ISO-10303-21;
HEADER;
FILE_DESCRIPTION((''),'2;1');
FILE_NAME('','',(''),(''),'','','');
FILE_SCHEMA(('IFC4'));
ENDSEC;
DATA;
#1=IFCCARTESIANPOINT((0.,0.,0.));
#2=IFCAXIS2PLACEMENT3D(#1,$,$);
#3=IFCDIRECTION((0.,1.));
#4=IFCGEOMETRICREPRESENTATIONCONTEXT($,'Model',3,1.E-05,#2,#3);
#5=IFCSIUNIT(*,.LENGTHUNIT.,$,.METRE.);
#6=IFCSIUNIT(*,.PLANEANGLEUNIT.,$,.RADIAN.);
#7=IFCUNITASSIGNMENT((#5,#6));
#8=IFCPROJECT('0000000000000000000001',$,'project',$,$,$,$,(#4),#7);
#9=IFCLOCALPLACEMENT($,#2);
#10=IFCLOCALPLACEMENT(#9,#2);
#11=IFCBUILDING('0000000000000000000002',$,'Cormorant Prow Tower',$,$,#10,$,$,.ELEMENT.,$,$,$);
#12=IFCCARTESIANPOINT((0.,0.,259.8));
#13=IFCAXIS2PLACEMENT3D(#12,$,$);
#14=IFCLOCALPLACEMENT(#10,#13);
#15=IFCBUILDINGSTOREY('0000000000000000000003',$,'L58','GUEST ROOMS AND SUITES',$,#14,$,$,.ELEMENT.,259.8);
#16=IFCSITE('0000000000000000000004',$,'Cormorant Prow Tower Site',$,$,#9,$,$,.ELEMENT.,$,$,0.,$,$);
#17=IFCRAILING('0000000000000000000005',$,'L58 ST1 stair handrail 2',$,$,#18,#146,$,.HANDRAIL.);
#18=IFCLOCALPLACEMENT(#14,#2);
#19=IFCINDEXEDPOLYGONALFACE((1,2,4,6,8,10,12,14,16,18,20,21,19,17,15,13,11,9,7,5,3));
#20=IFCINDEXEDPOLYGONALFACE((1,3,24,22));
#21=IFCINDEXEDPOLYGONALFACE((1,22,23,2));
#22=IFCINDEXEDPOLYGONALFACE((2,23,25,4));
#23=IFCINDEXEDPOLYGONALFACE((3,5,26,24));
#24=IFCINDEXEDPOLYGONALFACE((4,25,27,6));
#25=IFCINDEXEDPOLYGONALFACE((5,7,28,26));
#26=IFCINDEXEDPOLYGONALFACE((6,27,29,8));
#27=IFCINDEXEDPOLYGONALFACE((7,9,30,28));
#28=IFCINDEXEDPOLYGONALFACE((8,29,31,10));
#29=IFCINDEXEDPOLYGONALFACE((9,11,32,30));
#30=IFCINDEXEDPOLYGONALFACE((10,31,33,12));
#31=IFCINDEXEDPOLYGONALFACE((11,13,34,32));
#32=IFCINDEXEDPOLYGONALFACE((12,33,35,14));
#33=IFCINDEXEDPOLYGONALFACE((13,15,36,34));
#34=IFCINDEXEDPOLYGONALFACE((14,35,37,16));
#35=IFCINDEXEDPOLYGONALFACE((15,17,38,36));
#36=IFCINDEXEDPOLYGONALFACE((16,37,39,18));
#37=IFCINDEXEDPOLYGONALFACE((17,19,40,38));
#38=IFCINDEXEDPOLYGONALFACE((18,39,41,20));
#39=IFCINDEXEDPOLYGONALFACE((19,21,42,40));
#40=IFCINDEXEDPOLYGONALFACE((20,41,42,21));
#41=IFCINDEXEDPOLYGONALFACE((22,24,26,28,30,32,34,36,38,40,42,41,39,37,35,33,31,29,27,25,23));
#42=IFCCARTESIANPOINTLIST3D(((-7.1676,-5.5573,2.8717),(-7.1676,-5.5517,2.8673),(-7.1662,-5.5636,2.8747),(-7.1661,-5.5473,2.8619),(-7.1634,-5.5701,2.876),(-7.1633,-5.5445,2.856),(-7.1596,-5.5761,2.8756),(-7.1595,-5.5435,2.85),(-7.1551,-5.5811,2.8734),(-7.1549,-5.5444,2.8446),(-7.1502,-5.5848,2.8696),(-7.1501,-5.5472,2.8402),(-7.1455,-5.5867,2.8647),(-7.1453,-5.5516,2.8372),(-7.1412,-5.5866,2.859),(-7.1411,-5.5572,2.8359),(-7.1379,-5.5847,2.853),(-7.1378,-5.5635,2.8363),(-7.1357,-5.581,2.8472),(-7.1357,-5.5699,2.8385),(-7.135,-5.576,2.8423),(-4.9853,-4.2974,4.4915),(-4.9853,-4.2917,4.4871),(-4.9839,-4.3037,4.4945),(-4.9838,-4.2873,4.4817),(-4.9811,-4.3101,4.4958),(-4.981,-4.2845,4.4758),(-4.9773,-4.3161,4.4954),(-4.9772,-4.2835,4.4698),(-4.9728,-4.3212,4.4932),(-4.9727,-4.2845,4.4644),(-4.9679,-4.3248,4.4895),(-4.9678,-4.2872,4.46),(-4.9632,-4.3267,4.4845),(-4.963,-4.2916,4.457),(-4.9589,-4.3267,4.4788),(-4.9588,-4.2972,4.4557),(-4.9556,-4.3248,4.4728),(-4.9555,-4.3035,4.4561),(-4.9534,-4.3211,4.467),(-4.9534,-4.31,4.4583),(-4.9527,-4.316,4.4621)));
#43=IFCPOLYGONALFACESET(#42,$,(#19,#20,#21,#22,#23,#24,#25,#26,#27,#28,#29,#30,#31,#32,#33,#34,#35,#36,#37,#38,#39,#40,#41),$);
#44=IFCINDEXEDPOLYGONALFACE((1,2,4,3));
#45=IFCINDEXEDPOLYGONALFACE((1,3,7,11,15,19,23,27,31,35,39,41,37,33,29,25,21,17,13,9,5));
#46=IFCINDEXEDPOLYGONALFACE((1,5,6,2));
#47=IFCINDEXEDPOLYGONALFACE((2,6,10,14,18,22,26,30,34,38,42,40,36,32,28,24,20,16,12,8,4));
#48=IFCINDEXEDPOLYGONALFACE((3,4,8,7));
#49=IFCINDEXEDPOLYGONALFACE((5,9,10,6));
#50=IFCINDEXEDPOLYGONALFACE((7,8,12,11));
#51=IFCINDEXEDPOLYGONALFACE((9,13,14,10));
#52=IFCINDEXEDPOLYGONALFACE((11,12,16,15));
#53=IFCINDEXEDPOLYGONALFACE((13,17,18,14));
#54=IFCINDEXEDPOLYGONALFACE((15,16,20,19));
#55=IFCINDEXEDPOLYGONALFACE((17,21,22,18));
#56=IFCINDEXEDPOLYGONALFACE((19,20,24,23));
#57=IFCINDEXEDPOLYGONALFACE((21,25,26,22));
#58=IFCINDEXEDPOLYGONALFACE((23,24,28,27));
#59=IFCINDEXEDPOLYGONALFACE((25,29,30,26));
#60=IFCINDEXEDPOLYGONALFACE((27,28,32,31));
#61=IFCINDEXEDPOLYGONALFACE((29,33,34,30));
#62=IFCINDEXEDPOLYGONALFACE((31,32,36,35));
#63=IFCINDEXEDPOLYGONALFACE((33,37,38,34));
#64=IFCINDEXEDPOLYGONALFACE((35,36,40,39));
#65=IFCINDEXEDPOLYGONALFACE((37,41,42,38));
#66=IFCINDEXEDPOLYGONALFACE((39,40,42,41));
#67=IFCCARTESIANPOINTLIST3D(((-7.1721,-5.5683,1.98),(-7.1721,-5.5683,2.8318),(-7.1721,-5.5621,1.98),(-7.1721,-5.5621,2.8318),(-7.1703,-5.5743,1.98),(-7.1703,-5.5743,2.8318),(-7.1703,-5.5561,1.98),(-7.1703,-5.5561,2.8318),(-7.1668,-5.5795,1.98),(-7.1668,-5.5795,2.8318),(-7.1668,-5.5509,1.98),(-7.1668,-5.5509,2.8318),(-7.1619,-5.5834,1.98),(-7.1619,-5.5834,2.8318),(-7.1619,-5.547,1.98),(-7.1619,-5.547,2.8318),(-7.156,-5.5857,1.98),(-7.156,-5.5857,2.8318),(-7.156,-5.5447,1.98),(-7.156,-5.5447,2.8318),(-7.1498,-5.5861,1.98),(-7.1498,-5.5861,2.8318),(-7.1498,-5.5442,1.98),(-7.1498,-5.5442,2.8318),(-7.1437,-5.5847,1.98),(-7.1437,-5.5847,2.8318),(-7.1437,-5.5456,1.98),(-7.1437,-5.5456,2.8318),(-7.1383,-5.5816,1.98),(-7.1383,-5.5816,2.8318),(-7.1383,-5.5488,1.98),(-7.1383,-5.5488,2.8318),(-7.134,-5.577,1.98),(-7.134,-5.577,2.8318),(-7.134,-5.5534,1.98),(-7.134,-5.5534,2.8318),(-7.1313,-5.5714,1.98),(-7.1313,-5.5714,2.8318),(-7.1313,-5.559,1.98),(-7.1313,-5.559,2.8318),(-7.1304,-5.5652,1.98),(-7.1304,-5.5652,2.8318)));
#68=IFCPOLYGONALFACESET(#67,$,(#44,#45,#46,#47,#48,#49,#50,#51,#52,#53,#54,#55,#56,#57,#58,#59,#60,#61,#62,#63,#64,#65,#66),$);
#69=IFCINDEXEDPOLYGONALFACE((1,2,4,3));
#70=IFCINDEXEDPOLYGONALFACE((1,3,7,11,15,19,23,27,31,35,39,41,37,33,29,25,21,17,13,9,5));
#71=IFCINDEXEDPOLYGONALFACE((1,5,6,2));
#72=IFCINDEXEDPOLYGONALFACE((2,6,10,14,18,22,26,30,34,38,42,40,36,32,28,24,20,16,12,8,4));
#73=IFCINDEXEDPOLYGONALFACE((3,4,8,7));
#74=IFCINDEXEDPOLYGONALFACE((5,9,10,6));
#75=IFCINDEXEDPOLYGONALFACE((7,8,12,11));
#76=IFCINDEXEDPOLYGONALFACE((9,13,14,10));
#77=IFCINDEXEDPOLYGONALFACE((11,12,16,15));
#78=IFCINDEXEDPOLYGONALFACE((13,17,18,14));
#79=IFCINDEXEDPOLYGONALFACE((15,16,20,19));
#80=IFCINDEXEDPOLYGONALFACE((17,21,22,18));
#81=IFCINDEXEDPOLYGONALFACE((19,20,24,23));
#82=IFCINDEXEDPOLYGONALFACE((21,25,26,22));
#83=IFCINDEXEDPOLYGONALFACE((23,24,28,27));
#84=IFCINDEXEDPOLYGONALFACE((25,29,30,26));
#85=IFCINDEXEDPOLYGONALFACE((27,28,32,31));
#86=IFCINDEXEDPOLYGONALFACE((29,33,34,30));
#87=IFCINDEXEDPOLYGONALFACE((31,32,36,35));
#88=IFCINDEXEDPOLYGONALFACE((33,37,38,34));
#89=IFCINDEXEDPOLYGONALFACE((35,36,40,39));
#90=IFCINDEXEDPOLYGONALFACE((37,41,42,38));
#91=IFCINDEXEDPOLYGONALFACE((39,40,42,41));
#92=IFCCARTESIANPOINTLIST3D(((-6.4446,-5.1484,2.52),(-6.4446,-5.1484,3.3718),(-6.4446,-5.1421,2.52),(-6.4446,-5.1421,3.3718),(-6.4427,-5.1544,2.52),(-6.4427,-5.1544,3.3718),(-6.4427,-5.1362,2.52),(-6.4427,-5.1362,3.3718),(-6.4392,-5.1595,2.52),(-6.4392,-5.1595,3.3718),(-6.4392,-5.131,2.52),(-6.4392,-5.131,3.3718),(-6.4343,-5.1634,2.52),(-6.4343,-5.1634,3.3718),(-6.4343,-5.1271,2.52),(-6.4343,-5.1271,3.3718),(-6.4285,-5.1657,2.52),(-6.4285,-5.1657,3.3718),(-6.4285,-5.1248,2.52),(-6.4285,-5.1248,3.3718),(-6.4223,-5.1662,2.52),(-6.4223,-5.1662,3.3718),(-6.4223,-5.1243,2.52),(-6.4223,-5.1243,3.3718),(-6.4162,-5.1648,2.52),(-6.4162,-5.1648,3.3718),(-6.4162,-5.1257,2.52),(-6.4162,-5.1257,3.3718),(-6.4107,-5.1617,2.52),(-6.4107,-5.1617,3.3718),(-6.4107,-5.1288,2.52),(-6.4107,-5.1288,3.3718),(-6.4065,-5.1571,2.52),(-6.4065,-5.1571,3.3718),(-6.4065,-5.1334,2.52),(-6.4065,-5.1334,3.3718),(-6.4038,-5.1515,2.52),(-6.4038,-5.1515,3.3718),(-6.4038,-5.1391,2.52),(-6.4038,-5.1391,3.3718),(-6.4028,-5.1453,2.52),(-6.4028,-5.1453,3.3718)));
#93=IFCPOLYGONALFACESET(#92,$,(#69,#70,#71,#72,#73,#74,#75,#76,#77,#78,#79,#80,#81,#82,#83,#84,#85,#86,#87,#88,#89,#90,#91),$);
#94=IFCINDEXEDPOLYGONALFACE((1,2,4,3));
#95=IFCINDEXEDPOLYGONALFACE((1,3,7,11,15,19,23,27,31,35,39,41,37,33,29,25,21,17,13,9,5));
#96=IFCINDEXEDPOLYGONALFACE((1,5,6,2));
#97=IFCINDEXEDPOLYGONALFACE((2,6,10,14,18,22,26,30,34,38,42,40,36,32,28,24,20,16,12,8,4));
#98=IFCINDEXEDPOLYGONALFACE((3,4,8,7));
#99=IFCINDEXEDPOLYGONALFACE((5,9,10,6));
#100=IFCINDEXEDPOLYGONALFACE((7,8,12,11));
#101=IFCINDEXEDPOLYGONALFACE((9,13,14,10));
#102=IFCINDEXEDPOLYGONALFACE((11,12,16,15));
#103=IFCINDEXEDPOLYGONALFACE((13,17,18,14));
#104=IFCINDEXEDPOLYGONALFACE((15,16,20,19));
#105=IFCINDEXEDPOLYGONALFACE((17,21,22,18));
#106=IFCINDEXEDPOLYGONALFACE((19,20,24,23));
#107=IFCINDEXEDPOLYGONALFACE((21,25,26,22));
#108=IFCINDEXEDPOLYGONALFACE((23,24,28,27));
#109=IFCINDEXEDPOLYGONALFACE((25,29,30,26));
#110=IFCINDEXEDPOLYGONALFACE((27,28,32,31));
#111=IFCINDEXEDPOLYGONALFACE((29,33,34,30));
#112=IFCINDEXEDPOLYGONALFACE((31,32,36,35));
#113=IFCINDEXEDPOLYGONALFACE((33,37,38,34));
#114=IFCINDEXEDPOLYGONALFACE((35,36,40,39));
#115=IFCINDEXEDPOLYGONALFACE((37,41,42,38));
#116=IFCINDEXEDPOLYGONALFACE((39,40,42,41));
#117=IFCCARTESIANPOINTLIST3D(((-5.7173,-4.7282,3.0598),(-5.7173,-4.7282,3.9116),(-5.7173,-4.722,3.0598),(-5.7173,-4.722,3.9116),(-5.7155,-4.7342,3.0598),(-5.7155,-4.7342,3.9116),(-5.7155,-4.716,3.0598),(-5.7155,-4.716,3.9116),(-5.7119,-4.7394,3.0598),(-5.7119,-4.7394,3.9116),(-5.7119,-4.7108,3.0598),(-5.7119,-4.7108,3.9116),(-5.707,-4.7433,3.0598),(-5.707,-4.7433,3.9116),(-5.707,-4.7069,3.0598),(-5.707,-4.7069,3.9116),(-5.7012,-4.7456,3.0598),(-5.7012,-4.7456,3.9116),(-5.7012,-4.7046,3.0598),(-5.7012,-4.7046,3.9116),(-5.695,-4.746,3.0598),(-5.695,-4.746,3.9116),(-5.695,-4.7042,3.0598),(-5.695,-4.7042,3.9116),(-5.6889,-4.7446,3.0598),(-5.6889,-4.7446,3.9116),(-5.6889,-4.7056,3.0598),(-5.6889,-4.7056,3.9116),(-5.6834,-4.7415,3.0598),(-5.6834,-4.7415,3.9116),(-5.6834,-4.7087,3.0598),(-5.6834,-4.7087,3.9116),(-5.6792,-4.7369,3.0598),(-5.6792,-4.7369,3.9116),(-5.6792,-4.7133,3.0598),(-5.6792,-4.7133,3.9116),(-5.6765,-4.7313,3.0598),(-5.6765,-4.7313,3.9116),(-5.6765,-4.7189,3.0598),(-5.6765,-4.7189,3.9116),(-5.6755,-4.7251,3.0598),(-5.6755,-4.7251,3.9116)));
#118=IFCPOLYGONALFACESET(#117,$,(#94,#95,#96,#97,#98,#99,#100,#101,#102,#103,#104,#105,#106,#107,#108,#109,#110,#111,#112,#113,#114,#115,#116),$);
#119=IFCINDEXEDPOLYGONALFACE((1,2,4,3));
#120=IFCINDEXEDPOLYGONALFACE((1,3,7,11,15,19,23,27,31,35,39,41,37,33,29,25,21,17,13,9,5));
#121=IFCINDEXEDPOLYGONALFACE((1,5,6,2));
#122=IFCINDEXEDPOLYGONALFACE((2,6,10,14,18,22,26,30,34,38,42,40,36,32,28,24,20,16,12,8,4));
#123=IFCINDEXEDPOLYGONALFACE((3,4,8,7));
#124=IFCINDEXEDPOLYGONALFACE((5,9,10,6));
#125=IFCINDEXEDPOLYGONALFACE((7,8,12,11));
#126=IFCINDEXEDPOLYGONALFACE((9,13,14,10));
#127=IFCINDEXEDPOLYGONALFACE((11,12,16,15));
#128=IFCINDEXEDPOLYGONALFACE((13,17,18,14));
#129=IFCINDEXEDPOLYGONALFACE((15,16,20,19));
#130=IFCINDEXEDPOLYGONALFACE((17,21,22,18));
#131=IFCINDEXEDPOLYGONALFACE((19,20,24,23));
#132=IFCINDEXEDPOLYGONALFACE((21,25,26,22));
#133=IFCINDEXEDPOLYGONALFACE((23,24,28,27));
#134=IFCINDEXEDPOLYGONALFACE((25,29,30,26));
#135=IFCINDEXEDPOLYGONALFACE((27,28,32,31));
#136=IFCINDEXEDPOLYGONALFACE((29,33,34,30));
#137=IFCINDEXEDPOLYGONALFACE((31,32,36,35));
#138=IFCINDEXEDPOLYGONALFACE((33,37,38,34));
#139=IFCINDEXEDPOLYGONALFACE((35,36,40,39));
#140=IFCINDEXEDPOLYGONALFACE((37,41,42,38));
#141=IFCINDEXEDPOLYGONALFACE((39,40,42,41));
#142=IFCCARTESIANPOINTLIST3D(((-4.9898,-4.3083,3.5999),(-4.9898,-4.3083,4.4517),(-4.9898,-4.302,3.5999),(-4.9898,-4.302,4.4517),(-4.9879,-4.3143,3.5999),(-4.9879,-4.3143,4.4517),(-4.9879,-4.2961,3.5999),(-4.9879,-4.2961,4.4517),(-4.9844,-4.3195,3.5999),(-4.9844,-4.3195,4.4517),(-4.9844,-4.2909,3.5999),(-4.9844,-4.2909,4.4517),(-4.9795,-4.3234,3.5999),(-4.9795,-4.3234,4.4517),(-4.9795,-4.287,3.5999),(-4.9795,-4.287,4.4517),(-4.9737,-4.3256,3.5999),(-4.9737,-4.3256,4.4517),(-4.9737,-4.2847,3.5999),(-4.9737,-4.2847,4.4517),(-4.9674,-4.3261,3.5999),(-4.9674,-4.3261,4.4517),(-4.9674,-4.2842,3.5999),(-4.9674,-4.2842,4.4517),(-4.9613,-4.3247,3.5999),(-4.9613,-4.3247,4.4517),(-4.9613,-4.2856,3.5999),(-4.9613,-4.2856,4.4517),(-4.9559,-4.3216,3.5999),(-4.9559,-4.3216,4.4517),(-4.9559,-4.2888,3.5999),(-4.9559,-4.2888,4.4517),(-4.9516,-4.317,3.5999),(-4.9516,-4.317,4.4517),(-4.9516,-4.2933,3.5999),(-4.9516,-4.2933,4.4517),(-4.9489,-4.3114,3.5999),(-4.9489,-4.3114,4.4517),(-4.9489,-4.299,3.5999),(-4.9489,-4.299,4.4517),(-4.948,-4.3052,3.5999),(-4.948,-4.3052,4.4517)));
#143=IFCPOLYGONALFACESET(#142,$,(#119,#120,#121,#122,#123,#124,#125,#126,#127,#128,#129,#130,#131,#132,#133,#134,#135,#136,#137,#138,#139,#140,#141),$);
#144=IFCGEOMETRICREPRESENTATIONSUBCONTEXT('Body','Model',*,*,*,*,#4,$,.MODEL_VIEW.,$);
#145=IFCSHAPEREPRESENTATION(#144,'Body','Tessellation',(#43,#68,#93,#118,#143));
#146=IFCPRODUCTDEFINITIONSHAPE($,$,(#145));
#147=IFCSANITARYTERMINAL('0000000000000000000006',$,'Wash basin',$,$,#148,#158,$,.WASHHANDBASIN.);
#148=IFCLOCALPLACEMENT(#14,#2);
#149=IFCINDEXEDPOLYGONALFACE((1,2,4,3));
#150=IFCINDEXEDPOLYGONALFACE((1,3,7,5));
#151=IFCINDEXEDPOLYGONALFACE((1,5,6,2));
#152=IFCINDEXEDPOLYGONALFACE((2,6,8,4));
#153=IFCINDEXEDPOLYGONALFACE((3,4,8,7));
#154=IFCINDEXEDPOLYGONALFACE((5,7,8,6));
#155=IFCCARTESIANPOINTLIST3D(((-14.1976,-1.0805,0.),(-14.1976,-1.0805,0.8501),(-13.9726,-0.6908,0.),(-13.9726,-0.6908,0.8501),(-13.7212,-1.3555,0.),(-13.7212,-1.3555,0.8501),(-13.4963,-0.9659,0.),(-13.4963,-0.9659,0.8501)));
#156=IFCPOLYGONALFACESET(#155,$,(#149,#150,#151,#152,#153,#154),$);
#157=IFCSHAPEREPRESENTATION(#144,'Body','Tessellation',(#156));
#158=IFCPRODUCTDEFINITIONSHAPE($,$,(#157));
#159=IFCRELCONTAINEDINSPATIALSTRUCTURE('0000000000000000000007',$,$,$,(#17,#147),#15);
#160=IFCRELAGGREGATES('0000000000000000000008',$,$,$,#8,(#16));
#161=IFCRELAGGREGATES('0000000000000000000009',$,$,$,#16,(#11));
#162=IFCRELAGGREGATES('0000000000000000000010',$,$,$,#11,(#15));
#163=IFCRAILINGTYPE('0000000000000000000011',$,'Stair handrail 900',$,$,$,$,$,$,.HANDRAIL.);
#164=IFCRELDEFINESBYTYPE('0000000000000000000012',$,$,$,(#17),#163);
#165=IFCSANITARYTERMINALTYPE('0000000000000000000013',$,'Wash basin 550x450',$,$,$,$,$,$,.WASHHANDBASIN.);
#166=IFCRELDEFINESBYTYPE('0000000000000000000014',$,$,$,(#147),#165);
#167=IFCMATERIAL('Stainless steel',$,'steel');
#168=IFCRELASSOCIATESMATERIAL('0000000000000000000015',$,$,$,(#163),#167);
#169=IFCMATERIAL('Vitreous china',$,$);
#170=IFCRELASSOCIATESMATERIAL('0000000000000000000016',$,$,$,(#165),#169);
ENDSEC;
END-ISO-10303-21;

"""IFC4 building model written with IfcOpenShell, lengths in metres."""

from ifc_helpers import new_model, si_unit, direction, frame, origin, origin_2d, place, context, subcontext, project, spatial, rectangle, circle, extrude, material, type_object, element, save


model = new_model("IFC4")

# Units and contexts
model_context = context("Model", 3, precision=1e-05, world=origin(), true_north=direction((0.0, 1.0)))
body_context = subcontext(model_context, "Body", "Model", "MODEL_VIEW")
ifc_project = project(units=[si_unit("LENGTHUNIT", "METRE"), si_unit("PLANEANGLEUNIT", "RADIAN")], contexts=[model_context])

# Site, building, storey
site_placement = place(None, origin())
site = spatial("IfcSite", under=ifc_project, at=site_placement, Name="Cormorant Prow Tower Site", CompositionType="ELEMENT", RefElevation=0.0)
building_placement = place(site_placement, origin())
building = spatial("IfcBuilding", under=site, at=building_placement, Name="Cormorant Prow Tower", CompositionType="ELEMENT")
storey_placement = place(building_placement, frame((0.0, 0.0, 259.8)))
storey = spatial("IfcBuildingStorey", under=building, at=storey_placement, Name="L58", Description="GUEST ROOMS AND SUITES", CompositionType="ELEMENT", Elevation=259.8)

# Railing
ifc_material_1 = material(Name="Stainless steel", Category="steel")
railing_type_1 = type_object("IfcRailingType", Name="Stair handrail 900", PredefinedType="HANDRAIL", material=ifc_material_1)
railing_1_placement = place(storey_placement, frame((-7.1514, -5.5652, 1.98)))
element("IfcRailing", 1, at=railing_1_placement, inside=storey, type_object=railing_type_1, Name="L58 ST1 stair handrail 2", PredefinedType="HANDRAIL", context=body_context, shape_type="SweptSolid", body=[
    extrude(circle(Radius=0.0239, at=origin_2d()), frame((0.0, 0.0, 0.876), z_axis=(0.728496, 0.420603, 0.540728), x_axis=(-0.500005, 0.866023, 0.0)), (0.0, 0.0, 1.0), 2.9956),
    extrude(circle(Radius=0.021, at=origin_2d()), origin(), (0.0, 0.0, 1.0), 0.8518),
    extrude(circle(Radius=0.021, at=origin_2d()), frame((0.7275, 0.4199, 0.54)), (0.0, 0.0, 1.0), 0.8518),
    extrude(circle(Radius=0.021, at=origin_2d()), frame((1.4548, 0.8401, 1.0798)), (0.0, 0.0, 1.0), 0.8518),
    extrude(circle(Radius=0.021, at=origin_2d()), frame((2.1824, 1.26, 1.6199)), (0.0, 0.0, 1.0), 0.8518),
])

# Sanitary terminal
ifc_material_2 = material(Name="Vitreous china")
sanitary_terminal_type = type_object("IfcSanitaryTerminalType", Name="Wash basin 550x450", PredefinedType="WASHHANDBASIN", material=ifc_material_2)
sanitary_terminal_placement = place(storey_placement, frame((-13.8469, -1.0232, 0.0), z_axis=(0.0, 0.0, 1.0), x_axis=(-0.866025, 0.5, 0.0)))
element("IfcSanitaryTerminal", 2, at=sanitary_terminal_placement, inside=storey, type_object=sanitary_terminal_type, Name="Wash basin", PredefinedType="WASHHANDBASIN", context=body_context, shape_type="SweptSolid", body=[
    extrude(rectangle(XDim=0.55, YDim=0.45, at=origin_2d()), origin(), (0.0, 0.0, 1.0), 0.8501),
])

save(model, "model.ifc")
